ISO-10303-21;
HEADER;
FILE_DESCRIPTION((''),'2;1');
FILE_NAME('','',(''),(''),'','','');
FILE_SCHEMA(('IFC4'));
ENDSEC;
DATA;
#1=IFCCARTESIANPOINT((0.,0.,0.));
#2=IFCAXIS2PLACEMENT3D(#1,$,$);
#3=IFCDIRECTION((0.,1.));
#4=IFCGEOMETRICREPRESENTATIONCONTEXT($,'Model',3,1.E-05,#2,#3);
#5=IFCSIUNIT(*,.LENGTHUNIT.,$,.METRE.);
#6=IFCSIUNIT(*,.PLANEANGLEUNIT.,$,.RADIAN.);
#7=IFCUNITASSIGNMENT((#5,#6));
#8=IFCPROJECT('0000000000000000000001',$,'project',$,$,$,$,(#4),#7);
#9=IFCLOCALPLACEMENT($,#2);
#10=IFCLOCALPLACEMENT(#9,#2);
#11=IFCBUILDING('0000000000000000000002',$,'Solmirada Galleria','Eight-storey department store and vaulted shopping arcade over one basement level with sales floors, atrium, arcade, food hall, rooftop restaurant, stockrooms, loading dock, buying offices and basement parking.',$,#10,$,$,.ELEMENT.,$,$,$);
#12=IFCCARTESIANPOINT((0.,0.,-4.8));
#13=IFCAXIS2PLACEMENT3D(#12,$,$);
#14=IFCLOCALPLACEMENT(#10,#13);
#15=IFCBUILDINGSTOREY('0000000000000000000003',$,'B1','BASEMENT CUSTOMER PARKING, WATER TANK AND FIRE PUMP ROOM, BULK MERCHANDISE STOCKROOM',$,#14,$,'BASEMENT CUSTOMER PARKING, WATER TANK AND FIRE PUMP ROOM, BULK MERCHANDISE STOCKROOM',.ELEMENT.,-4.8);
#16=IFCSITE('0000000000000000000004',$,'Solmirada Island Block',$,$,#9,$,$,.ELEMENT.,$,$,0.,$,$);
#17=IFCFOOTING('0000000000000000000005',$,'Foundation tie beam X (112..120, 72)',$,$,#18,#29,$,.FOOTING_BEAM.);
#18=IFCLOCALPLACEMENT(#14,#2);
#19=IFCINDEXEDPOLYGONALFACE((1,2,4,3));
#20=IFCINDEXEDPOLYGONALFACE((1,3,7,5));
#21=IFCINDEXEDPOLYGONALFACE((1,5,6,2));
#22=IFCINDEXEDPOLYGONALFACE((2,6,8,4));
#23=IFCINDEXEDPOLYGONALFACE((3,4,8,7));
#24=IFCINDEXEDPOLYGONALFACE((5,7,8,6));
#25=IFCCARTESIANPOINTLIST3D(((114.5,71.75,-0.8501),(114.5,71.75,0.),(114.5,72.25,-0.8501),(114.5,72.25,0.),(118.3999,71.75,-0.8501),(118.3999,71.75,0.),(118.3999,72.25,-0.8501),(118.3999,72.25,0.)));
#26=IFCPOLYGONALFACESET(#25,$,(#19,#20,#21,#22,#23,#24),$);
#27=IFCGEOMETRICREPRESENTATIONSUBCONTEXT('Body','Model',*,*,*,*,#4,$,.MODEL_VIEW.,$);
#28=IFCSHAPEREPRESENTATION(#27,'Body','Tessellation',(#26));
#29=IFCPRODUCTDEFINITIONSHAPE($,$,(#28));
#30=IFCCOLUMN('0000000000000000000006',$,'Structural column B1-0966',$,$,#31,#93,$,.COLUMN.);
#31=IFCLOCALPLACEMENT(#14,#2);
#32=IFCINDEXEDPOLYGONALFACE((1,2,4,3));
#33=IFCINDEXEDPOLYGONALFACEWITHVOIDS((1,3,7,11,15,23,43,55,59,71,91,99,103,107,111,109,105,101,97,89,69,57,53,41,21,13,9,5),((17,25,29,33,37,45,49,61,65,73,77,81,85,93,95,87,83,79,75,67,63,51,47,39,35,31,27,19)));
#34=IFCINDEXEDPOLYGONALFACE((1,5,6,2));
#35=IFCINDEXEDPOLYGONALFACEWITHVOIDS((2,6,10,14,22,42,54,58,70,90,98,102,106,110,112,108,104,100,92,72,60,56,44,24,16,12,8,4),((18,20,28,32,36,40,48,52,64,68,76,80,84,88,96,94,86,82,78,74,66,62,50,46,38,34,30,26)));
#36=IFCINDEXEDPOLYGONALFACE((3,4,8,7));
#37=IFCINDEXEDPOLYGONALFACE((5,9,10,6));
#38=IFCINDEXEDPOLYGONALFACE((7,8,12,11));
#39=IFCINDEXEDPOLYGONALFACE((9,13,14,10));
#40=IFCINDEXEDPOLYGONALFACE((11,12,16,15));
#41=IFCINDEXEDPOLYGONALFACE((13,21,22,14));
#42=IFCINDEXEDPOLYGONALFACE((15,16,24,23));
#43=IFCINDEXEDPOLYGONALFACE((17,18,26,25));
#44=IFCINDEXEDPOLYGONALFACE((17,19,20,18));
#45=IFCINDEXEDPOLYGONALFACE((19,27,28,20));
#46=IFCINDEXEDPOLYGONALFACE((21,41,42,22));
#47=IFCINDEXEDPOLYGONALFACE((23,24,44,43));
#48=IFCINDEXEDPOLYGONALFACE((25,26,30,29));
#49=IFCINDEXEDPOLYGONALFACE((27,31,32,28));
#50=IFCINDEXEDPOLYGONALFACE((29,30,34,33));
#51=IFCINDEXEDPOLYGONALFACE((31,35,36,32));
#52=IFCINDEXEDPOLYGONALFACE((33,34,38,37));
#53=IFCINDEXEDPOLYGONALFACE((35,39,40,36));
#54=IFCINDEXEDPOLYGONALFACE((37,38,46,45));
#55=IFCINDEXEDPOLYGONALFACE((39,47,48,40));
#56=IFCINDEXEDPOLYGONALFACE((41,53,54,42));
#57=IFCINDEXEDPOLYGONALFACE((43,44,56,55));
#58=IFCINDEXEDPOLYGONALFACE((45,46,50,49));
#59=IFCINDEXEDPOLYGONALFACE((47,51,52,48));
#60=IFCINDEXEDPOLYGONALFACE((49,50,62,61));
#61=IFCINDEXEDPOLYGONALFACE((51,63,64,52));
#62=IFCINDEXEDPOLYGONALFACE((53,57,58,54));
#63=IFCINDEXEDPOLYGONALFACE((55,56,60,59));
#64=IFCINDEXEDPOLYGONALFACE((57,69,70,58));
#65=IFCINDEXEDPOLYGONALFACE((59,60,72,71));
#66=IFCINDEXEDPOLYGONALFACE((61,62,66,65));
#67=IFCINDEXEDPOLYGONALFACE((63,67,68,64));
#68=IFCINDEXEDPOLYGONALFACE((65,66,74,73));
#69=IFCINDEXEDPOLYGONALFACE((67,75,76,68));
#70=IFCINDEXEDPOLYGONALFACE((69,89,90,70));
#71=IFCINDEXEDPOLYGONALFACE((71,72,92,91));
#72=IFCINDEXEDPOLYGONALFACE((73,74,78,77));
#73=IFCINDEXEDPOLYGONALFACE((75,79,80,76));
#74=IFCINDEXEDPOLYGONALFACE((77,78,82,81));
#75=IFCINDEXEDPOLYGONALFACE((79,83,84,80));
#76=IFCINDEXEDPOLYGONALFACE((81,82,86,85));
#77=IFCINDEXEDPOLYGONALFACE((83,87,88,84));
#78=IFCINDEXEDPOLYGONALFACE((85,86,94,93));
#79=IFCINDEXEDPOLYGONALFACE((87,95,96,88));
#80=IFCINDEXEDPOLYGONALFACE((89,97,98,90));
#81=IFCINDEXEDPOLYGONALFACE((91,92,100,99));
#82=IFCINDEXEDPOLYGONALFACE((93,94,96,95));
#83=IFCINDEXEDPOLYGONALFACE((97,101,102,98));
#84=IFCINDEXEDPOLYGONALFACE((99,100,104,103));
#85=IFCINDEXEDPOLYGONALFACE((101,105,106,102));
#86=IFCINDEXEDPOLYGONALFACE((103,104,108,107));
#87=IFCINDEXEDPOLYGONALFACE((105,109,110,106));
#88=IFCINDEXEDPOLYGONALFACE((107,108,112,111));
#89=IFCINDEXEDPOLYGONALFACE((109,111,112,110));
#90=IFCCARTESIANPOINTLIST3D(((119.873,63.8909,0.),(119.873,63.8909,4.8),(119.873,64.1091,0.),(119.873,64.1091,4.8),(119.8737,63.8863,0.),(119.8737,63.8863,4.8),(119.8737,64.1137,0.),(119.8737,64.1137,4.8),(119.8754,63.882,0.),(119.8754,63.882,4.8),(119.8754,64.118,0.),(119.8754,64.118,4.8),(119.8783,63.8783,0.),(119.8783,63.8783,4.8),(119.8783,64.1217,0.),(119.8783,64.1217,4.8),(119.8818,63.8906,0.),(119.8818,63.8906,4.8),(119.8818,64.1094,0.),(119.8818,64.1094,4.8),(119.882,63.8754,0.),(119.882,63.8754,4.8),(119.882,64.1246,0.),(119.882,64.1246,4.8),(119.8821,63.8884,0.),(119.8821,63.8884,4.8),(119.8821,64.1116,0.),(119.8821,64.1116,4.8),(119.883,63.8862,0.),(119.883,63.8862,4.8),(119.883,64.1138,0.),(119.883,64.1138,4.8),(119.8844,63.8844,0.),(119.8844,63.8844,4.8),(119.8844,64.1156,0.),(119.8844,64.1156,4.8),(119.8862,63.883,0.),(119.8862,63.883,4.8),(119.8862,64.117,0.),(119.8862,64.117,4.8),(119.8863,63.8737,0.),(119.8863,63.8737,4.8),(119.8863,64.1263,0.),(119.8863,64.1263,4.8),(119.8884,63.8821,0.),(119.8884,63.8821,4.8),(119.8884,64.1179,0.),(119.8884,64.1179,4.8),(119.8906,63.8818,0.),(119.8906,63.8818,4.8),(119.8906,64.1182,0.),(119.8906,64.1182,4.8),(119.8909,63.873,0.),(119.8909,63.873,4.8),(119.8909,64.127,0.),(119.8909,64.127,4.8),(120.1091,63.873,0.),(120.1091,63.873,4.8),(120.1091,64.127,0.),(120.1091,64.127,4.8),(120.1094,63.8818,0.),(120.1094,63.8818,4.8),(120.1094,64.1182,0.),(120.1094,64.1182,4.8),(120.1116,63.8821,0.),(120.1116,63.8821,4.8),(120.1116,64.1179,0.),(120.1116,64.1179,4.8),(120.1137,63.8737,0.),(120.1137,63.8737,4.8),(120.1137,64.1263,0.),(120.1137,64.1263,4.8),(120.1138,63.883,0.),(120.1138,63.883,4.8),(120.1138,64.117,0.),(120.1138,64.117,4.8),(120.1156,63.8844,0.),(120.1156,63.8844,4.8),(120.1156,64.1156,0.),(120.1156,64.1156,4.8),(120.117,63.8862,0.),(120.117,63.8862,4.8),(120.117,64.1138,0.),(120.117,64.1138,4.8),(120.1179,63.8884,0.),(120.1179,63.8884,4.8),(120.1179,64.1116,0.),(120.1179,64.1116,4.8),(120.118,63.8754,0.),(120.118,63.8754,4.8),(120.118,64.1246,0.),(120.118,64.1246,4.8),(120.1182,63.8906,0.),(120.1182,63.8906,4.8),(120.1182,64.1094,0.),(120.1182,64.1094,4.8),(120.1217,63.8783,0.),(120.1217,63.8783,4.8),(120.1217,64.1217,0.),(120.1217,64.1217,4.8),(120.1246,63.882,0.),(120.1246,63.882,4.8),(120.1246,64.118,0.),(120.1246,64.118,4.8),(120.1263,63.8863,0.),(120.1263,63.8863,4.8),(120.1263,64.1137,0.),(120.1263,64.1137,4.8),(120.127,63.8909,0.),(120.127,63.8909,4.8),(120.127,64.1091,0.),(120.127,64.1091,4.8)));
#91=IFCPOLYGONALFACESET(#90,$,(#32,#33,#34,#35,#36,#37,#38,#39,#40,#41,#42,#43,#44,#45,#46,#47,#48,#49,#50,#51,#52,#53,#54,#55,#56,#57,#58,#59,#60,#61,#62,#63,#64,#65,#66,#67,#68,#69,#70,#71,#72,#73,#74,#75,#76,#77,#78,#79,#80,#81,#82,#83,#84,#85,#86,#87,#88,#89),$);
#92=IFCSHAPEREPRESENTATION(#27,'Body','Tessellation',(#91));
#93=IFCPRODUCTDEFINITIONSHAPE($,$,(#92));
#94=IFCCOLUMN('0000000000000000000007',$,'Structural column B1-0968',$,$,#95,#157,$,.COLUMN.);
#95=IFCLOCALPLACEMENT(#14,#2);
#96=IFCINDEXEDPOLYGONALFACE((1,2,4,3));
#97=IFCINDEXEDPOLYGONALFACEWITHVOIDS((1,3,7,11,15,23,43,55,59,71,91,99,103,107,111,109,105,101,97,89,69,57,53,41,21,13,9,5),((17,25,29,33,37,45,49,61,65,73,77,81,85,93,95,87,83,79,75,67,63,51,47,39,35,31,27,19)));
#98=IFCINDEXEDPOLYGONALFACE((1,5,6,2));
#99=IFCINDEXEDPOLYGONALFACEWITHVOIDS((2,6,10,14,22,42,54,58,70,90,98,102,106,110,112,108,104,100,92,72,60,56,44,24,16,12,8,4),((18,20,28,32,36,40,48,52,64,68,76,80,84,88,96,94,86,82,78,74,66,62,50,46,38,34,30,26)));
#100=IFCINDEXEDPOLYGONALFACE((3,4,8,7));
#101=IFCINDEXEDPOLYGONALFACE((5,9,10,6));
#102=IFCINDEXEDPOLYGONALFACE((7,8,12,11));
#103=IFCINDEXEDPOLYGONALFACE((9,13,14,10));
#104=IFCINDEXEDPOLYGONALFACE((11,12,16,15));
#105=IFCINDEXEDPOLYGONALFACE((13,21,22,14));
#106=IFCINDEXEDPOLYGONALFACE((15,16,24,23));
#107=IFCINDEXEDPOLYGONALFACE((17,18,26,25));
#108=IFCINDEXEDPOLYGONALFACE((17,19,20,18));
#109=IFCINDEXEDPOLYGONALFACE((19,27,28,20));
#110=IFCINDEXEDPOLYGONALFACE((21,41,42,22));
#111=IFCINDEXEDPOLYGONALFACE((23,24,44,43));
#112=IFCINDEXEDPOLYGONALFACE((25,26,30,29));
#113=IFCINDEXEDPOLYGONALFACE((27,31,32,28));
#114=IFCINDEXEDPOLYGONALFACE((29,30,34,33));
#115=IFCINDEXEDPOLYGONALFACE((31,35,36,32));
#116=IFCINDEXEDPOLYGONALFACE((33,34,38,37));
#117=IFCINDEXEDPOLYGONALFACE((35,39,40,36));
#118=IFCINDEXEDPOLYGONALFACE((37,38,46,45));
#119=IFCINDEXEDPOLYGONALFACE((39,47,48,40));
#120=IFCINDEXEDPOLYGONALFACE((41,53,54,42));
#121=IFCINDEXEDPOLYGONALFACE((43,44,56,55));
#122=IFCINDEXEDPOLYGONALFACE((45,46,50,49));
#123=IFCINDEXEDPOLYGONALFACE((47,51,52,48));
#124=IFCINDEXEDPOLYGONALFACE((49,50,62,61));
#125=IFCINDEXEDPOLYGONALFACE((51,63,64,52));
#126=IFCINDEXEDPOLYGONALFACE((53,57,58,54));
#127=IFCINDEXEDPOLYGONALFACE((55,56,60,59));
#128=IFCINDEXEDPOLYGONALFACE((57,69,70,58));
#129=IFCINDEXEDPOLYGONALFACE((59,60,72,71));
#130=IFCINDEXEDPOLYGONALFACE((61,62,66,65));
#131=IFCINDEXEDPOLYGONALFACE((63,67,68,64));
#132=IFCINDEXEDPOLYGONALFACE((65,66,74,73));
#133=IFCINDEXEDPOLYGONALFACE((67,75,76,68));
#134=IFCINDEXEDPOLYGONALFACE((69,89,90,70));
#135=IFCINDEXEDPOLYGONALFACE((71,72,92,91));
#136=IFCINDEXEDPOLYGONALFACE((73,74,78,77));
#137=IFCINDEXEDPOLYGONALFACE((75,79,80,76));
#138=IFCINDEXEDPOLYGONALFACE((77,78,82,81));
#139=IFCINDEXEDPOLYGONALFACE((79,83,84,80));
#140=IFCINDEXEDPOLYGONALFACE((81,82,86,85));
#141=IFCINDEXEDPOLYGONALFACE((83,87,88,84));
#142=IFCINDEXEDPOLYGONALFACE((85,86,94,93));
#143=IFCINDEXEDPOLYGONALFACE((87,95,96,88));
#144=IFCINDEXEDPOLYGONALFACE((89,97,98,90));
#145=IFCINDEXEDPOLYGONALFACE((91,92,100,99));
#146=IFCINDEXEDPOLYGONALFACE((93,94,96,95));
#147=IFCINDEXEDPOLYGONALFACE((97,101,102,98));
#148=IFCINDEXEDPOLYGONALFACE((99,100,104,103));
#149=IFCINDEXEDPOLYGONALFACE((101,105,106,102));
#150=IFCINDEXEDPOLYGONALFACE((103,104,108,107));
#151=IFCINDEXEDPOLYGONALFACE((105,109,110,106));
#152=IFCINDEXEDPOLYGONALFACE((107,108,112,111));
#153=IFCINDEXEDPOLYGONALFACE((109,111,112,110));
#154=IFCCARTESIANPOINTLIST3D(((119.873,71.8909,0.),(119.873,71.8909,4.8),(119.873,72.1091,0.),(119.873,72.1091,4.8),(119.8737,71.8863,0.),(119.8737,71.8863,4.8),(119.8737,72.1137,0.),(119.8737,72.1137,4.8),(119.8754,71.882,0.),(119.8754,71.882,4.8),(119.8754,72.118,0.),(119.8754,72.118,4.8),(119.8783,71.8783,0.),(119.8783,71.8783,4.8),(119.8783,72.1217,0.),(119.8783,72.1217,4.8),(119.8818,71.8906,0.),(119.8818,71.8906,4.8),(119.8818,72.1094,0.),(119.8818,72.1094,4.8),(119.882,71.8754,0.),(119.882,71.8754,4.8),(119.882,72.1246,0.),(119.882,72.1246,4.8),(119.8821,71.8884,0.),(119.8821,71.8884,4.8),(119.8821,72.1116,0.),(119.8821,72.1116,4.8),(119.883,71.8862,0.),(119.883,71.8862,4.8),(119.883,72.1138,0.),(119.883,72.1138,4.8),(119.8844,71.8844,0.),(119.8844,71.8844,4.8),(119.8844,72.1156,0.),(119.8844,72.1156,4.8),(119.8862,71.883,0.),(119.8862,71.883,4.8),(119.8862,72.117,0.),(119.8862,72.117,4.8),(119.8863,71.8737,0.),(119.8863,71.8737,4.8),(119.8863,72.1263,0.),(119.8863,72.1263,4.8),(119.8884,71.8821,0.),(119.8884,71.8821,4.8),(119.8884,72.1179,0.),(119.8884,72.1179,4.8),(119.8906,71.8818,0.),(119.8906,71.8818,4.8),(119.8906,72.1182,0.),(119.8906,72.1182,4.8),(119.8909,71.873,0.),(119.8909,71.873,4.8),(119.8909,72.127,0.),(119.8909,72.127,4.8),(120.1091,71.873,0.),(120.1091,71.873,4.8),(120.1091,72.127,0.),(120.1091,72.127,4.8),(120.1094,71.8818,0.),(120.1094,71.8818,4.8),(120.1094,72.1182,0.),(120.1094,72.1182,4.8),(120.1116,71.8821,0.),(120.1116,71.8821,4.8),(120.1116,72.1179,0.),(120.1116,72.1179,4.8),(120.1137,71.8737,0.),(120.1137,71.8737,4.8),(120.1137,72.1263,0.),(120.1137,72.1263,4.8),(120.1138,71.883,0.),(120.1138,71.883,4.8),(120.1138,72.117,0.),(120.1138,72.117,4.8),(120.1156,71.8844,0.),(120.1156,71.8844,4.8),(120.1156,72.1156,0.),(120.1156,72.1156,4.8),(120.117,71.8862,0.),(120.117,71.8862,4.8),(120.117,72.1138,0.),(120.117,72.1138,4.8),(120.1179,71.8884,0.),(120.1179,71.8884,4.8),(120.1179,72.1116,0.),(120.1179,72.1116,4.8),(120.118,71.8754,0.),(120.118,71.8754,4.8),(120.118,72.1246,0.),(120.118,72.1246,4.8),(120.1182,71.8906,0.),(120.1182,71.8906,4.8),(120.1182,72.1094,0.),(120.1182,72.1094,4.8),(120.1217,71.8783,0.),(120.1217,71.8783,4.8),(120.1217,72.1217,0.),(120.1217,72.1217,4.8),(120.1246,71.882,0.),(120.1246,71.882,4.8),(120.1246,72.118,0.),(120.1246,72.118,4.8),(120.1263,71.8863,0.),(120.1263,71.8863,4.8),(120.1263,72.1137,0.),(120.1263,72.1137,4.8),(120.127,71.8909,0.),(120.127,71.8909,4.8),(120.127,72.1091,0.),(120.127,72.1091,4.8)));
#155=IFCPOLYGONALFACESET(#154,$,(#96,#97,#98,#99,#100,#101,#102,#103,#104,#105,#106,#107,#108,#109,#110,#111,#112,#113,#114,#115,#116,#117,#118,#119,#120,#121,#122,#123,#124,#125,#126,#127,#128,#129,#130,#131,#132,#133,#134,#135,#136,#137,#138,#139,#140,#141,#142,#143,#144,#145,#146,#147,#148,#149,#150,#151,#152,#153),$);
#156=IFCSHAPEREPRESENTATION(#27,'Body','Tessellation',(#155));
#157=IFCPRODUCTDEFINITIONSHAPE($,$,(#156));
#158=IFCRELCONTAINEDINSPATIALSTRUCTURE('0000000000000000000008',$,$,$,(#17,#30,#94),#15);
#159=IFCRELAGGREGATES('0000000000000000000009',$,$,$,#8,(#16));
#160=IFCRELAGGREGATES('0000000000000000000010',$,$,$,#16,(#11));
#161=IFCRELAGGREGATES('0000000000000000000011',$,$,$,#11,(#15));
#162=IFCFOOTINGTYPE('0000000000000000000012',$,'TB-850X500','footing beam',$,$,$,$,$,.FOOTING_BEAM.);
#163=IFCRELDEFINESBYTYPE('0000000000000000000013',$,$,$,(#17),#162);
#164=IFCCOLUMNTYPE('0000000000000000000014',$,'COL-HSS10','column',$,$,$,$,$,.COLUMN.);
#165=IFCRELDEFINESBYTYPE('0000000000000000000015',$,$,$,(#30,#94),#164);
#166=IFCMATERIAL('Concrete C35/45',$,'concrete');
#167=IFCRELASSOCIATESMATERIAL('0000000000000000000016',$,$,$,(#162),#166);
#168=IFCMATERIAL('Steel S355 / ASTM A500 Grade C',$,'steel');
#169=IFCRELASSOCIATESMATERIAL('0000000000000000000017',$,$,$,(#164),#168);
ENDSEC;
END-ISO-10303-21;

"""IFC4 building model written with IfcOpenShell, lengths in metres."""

from ifc_helpers import new_model, si_unit, direction, frame, origin, origin_2d, place, context, subcontext, project, spatial, rectangle, hollow_rectangle, extrude, material, material_profile, profile_set, type_object, element, save


model = new_model("IFC4")

# Units and contexts
model_context = context("Model", 3, precision=1e-05, world=origin(), true_north=direction((0.0, 1.0)))
body_context = subcontext(model_context, "Body", "Model", "MODEL_VIEW")
ifc_project = project(units=[si_unit("LENGTHUNIT", "METRE"), si_unit("PLANEANGLEUNIT", "RADIAN")], contexts=[model_context])

# Site, building, storey
site_placement = place(None, origin())
site = spatial("IfcSite", under=ifc_project, at=site_placement, Name="Solmirada Island Block", CompositionType="ELEMENT", RefElevation=0.0)
building_placement = place(site_placement, origin())
building = spatial("IfcBuilding", under=site, at=building_placement, Name="Solmirada Galleria", Description="Eight-storey department store and vaulted shopping arcade over one basement level with sales floors, atrium, arcade, food hall, rooftop restaurant, stockrooms, loading dock, buying offices and basement parking.", CompositionType="ELEMENT")
storey_placement = place(building_placement, frame((0.0, 0.0, -4.8)))
storey = spatial("IfcBuildingStorey", under=building, at=storey_placement, Name="B1", Description="BASEMENT CUSTOMER PARKING, WATER TANK AND FIRE PUMP ROOM, BULK MERCHANDISE STOCKROOM", LongName="BASEMENT CUSTOMER PARKING, WATER TANK AND FIRE PUMP ROOM, BULK MERCHANDISE STOCKROOM", CompositionType="ELEMENT", Elevation=-4.8)

# Shared definitions
ifc_material_1 = material(Name="Concrete C35/45", Category="concrete")

# Footing
ifc_material_profile_1 = material_profile(ifc_material_1, rectangle(XDim=0.5, YDim=0.8501, at=origin_2d()), Name="RC850X500")
ifc_profile_set_1 = profile_set([ifc_material_profile_1], Name="Concrete C35/45")
footing_type_1 = type_object("IfcFootingType", Name="TB-850X500", Description="footing beam", PredefinedType="FOOTING_BEAM", material=ifc_profile_set_1)
footing_1_placement = place(storey_placement, frame((114.5, 72.0, -0.425), z_axis=(1.0, 0.0, 0.0), x_axis=(0.0, 1.0, 0.0)))
element("IfcFooting", 1, at=footing_1_placement, inside=storey, type_object=footing_type_1, Name="Foundation tie beam X (112..120, 72)", PredefinedType="FOOTING_BEAM", context=body_context, shape_type="SweptSolid", body=[
    extrude(rectangle(XDim=0.5, YDim=0.8501, at=origin_2d()), origin(), (0.0, 0.0, 1.0), 3.8999),
])

# Columns
ifc_material_2 = material(Name="Steel S355 / ASTM A500 Grade C", Category="steel")
ifc_material_profile_2 = material_profile(ifc_material_2, hollow_rectangle(XDim=0.2539, YDim=0.2539, WallThickness=0.0088, InnerFilletRadius=0.0088, OuterFilletRadius=0.0178, at=origin_2d()), Name="HSS10X10X3/8")
ifc_profile_set_2 = profile_set([ifc_material_profile_2], Name="Steel S355 / ASTM A500 Grade C")
column_type = type_object("IfcColumnType", Name="COL-HSS10", Description="column", PredefinedType="COLUMN", material=ifc_profile_set_2)
for number, where, z_axis, x_axis, name in (
    (2, (120.0, 64.0, 0.0), (0.0, 0.0, 1.0), (1.0, 0.0, 0.0), "Structural column B1-0966"),
    (3, (120.0, 72.0, 0.0), (0.0, 0.0, 1.0), (1.0, 0.0, 0.0), "Structural column B1-0968"),
):
    element("IfcColumn", number, at=place(storey_placement, frame(where, z_axis=z_axis, x_axis=x_axis)), inside=storey, type_object=column_type, Name=name, PredefinedType="COLUMN", context=body_context, shape_type="SweptSolid", body=[
        extrude(hollow_rectangle(XDim=0.2539, YDim=0.2539, WallThickness=0.0088, InnerFilletRadius=0.0088, OuterFilletRadius=0.0178, at=origin_2d()), origin(), (0.0, 0.0, 1.0), 4.8),
    ])

save(model, "model.ifc")
